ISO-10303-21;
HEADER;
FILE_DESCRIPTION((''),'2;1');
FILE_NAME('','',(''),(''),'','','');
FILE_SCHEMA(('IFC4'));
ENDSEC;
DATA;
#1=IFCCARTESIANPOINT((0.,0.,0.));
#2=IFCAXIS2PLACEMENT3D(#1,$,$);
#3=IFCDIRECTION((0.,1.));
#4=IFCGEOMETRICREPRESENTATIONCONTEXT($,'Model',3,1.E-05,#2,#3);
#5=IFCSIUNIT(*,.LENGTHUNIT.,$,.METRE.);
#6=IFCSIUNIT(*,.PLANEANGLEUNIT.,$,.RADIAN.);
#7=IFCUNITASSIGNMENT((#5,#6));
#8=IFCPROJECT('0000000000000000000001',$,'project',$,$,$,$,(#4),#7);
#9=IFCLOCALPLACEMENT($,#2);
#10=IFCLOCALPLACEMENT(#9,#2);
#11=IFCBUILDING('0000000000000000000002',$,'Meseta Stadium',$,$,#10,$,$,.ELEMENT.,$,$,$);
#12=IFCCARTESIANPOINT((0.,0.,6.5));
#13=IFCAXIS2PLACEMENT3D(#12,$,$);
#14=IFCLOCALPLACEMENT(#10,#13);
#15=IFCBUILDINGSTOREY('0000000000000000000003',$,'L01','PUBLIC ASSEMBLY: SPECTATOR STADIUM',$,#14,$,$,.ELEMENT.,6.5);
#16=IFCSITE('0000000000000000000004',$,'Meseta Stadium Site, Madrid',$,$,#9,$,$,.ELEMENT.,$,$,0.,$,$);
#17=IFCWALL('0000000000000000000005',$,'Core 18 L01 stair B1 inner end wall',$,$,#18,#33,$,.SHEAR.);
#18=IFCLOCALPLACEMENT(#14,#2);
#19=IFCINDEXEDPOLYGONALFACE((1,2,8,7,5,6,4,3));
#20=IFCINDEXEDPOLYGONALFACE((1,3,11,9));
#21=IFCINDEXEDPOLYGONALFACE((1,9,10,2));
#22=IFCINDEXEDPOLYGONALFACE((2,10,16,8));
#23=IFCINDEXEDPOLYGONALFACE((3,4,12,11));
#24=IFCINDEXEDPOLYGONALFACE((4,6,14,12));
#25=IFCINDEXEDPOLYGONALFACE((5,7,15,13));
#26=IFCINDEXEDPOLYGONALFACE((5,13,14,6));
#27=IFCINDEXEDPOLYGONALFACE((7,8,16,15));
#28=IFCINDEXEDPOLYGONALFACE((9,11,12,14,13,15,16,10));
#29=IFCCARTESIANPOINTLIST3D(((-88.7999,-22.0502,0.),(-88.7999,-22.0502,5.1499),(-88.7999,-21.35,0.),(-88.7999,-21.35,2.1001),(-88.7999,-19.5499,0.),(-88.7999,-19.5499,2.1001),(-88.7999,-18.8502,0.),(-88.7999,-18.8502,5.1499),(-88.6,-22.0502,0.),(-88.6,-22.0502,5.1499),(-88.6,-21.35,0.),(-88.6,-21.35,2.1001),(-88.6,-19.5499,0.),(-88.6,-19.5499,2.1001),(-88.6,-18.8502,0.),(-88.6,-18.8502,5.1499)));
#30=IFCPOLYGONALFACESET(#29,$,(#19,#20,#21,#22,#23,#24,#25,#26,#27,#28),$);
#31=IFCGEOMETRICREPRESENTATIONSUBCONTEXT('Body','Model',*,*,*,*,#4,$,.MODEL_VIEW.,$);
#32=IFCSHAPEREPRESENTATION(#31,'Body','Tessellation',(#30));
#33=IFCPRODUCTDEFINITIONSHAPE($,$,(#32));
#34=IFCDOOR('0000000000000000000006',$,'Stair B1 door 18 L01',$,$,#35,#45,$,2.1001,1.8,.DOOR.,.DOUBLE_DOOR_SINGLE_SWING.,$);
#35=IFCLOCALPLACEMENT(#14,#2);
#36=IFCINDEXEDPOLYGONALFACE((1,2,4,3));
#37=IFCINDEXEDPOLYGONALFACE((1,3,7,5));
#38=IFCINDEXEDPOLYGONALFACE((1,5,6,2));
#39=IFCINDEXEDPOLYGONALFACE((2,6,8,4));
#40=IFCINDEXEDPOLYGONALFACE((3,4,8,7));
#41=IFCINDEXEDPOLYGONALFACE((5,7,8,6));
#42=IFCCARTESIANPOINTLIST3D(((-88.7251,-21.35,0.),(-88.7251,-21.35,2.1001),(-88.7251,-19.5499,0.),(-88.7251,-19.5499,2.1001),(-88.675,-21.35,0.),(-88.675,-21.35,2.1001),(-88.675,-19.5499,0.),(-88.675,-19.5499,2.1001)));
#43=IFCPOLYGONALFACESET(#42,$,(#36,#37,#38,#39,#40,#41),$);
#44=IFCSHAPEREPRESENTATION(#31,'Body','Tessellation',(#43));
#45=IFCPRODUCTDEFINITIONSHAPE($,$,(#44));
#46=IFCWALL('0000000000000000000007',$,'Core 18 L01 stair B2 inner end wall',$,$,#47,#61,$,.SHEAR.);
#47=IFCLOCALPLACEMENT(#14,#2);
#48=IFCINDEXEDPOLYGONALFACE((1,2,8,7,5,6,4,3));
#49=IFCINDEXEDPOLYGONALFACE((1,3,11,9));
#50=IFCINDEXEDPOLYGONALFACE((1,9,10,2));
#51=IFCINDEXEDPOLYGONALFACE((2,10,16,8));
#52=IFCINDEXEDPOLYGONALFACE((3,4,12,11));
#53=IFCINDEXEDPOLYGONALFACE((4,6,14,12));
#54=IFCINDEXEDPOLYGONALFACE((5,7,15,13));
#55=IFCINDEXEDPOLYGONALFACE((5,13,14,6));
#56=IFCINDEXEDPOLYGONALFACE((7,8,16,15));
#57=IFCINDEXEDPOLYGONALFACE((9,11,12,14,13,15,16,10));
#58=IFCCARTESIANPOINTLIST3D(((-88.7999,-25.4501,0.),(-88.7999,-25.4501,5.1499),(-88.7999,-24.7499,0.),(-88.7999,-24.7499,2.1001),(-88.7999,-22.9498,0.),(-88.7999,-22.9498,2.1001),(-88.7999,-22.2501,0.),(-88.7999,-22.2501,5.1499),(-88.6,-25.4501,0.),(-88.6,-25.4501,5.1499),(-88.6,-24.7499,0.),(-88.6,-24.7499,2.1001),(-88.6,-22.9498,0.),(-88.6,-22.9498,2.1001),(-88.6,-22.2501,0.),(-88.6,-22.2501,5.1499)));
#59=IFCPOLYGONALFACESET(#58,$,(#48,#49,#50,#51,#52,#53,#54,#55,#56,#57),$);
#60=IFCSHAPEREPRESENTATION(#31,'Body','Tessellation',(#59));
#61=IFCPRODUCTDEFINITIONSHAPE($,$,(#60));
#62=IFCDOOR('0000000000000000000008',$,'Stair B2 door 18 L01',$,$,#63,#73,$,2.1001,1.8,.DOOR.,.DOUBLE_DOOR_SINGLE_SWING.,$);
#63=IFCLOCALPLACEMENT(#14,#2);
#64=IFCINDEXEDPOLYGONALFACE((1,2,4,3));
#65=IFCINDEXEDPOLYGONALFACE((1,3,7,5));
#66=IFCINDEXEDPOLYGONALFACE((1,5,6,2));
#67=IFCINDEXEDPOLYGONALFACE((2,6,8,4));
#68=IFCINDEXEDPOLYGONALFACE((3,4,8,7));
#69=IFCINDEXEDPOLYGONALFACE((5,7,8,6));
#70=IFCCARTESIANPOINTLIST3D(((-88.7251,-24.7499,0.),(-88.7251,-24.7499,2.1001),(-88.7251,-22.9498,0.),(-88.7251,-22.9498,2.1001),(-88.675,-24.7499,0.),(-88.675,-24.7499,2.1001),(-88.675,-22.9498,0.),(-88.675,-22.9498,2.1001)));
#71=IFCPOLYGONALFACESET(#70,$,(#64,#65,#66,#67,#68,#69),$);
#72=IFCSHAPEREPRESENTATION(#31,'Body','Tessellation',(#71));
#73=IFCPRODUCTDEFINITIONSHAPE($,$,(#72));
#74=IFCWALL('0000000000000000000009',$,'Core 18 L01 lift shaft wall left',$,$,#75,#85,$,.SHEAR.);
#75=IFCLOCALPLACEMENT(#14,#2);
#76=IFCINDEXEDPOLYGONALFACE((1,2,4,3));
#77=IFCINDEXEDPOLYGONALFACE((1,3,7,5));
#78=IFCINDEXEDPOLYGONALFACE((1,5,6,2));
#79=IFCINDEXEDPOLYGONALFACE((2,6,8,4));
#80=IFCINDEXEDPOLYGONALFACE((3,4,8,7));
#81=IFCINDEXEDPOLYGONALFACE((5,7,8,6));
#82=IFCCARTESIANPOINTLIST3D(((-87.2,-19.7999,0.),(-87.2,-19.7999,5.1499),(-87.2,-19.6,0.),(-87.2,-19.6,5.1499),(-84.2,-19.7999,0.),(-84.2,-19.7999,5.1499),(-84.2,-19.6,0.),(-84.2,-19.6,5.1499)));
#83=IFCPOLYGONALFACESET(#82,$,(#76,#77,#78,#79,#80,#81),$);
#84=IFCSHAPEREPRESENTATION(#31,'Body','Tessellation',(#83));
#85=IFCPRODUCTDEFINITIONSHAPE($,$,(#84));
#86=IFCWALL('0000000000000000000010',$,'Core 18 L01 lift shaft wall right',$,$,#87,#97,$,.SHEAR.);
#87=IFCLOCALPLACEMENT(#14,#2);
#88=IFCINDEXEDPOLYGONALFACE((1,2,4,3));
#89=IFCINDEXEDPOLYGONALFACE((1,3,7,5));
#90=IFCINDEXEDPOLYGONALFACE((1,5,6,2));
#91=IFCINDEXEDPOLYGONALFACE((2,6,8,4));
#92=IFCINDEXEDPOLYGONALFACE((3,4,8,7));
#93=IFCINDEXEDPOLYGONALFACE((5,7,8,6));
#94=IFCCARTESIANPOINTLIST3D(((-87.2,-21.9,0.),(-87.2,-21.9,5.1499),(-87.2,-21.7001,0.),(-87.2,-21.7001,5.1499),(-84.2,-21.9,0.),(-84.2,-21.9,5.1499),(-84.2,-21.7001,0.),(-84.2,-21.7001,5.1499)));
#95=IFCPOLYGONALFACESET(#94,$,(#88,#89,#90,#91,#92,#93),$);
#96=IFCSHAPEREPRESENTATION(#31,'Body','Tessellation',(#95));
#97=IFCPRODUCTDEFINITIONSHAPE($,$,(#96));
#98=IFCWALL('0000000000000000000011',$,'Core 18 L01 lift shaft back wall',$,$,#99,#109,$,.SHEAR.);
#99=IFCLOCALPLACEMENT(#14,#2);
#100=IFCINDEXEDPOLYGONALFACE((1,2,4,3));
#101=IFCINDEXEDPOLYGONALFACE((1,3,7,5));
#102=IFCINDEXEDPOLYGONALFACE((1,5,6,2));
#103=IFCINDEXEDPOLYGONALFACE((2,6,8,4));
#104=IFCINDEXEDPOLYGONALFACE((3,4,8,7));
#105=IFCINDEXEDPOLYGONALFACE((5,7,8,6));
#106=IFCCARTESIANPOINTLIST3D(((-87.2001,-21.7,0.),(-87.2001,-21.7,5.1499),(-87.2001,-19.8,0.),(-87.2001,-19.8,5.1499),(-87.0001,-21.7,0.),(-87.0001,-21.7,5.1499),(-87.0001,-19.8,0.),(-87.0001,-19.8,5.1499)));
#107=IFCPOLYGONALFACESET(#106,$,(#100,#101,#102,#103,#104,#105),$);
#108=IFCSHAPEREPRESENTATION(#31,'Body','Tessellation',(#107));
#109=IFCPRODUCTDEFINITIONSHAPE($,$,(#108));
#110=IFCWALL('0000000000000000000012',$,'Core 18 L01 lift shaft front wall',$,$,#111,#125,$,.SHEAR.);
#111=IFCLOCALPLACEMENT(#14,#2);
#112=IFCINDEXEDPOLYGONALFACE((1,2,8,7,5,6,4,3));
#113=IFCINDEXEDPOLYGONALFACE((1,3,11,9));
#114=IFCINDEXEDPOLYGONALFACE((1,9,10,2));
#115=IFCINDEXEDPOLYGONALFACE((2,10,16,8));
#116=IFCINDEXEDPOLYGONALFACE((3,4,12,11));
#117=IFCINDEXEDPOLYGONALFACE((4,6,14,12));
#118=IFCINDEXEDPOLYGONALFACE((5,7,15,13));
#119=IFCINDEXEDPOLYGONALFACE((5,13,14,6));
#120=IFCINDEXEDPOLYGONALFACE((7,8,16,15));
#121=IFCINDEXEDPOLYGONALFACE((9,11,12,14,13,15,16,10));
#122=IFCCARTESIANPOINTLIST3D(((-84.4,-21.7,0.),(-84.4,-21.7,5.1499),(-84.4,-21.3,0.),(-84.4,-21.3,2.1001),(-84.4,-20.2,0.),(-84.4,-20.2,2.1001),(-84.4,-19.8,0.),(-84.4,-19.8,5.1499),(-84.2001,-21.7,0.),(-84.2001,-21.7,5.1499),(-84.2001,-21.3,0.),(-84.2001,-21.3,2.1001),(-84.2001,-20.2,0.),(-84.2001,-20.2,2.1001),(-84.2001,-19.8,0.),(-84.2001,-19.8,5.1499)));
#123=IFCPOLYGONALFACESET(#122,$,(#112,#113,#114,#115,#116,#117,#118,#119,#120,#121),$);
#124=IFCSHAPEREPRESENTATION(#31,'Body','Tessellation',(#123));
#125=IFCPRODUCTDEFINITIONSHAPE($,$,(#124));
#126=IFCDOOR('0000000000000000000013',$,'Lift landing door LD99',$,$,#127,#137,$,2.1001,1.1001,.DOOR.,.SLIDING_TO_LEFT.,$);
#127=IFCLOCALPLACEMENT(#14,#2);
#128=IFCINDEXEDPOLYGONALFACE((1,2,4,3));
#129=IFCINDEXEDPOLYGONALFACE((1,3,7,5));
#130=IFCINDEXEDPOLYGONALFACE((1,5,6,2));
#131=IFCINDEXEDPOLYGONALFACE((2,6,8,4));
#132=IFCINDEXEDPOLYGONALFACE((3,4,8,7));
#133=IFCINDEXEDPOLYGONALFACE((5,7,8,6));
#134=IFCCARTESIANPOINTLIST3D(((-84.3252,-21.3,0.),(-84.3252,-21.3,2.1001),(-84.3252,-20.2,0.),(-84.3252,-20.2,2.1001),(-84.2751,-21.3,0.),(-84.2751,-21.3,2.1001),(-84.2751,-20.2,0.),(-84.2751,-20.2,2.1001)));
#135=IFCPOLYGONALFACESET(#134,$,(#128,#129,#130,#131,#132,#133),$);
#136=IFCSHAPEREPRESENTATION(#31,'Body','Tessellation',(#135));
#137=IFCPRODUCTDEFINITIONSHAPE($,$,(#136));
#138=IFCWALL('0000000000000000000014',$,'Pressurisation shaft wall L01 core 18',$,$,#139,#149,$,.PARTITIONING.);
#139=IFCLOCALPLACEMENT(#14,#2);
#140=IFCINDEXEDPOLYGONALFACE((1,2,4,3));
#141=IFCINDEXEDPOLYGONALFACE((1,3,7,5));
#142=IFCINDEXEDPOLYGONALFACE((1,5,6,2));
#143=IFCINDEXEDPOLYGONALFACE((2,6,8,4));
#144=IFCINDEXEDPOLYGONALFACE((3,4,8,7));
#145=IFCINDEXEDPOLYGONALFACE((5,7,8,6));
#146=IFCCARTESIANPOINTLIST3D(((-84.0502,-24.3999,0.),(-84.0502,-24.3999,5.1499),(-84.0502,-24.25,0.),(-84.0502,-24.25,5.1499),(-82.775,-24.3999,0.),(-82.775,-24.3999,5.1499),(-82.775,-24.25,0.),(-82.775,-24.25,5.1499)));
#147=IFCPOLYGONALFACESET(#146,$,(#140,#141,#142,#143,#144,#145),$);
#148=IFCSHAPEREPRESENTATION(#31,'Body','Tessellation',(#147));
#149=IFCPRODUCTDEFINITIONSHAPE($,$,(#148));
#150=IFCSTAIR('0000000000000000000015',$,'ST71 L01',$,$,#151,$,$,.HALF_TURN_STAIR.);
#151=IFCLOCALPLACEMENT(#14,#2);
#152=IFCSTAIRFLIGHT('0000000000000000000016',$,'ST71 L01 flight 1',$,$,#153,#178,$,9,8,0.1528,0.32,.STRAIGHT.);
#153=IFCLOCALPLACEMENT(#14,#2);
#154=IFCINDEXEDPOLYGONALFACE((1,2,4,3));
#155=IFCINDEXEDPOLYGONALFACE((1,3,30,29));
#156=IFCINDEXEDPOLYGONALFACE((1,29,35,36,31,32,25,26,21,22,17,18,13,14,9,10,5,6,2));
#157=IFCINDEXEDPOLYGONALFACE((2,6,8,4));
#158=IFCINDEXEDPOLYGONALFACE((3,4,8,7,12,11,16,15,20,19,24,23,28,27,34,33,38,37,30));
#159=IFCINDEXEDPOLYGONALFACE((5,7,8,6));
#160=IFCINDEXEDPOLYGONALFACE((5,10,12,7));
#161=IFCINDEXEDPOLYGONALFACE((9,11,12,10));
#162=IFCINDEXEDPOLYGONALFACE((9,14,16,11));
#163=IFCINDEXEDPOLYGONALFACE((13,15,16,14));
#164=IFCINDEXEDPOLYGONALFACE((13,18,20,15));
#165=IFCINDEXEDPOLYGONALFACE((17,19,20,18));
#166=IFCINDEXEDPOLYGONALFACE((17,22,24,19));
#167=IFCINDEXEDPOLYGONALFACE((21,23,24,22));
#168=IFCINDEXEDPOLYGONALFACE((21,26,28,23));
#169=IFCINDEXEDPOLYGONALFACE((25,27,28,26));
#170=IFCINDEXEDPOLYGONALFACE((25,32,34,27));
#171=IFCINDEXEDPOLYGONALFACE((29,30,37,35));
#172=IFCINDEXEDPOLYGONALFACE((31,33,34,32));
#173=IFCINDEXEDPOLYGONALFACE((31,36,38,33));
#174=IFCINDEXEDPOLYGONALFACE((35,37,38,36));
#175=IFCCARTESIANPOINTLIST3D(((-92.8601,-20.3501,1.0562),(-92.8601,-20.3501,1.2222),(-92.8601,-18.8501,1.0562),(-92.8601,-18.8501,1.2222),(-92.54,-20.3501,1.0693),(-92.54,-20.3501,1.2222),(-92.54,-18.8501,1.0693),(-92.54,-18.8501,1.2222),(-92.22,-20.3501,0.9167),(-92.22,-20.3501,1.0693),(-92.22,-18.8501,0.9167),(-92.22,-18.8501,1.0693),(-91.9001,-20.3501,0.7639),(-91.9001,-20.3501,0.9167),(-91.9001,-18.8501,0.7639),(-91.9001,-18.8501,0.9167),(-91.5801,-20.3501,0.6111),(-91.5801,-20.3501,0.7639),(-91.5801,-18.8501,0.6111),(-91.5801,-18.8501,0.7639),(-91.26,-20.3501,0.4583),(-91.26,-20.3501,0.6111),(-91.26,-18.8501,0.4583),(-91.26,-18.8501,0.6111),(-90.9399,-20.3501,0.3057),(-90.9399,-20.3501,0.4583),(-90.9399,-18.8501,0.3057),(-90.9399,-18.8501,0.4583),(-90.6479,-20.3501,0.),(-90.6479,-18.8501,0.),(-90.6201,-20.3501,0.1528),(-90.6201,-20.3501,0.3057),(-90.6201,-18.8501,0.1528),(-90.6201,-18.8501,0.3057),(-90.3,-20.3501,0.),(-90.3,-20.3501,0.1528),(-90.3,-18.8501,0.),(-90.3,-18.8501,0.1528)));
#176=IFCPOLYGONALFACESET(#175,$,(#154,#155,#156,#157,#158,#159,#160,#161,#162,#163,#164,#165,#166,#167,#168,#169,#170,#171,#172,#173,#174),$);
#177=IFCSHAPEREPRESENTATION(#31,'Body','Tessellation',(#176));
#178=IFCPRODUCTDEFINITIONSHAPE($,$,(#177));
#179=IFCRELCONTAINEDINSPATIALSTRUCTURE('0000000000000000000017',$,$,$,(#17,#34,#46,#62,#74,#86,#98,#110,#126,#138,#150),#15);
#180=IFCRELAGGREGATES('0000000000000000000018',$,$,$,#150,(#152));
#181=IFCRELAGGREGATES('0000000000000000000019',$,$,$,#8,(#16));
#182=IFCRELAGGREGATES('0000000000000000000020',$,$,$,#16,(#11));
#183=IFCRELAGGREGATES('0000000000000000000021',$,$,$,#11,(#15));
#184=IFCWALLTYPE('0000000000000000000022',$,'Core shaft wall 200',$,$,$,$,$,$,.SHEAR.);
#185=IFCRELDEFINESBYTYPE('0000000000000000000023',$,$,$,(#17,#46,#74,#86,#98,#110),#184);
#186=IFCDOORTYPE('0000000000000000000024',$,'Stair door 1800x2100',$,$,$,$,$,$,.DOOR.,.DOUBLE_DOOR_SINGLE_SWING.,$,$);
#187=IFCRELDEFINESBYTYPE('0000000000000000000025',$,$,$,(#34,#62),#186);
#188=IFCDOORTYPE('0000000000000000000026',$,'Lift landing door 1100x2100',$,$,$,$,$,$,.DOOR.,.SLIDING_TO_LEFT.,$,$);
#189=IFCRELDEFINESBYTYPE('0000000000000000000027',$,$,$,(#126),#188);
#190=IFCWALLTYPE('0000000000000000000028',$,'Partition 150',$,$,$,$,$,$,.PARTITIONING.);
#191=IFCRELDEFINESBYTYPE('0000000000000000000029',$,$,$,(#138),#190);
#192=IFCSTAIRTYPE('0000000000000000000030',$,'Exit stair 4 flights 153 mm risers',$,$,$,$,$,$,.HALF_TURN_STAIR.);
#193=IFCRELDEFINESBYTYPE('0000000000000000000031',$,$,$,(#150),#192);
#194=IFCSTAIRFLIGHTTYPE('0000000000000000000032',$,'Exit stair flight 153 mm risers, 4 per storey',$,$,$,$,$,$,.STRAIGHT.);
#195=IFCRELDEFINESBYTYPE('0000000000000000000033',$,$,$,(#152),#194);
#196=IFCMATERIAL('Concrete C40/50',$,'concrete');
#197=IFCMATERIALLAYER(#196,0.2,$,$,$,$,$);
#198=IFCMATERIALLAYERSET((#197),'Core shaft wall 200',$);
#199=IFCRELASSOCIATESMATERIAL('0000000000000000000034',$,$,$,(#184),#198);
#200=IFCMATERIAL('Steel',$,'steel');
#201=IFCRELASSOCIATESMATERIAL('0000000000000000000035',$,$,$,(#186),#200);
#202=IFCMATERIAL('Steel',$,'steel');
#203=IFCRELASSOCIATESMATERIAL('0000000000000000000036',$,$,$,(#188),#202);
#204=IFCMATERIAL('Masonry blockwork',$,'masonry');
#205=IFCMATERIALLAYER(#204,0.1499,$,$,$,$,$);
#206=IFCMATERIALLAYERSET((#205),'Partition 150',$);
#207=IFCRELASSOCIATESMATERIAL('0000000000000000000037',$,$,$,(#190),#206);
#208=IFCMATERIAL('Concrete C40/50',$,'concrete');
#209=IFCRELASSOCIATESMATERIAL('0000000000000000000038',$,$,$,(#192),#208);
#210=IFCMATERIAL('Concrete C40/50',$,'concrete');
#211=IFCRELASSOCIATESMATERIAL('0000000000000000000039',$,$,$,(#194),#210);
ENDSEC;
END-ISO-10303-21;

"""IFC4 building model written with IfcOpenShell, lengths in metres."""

from ifc_helpers import new_model, si_unit, direction, frame, frame_2d, origin, place, context, subcontext, project, spatial, polyline, rectangle, outline, extrude, material, layer, layer_set, type_object, element, fill, aggregate, save


model = new_model("IFC4")

# Units and contexts
model_context = context("Model", 3, precision=1e-05, world=origin(), true_north=direction((0.0, 1.0)))
body_context = subcontext(model_context, "Body", "Model", "MODEL_VIEW")
ifc_project = project(units=[si_unit("LENGTHUNIT", "METRE"), si_unit("PLANEANGLEUNIT", "RADIAN")], contexts=[model_context])

# Site, building, storey
site_placement = place(None, origin())
site = spatial("IfcSite", under=ifc_project, at=site_placement, Name="Meseta Stadium Site, Madrid", CompositionType="ELEMENT", RefElevation=0.0)
building_placement = place(site_placement, origin())
building = spatial("IfcBuilding", under=site, at=building_placement, Name="Meseta Stadium", CompositionType="ELEMENT")
storey_placement = place(building_placement, frame((0.0, 0.0, 6.5)))
storey = spatial("IfcBuildingStorey", under=building, at=storey_placement, Name="L01", Description="PUBLIC ASSEMBLY: SPECTATOR STADIUM", CompositionType="ELEMENT", Elevation=6.5)

# Walls, openings, doors
ifc_material_1 = material(Name="Concrete C40/50", Category="concrete")
ifc_layer_1 = layer(ifc_material_1, 0.2)
ifc_layer_set_1 = layer_set([ifc_layer_1], Name="Core shaft wall 200")
wall_type_1 = type_object("IfcWallType", Name="Core shaft wall 200", PredefinedType="SHEAR", material=ifc_layer_set_1)
wall_1_placement = place(storey_placement, frame((-88.7, -18.8501, 0.0), z_axis=(0.0, 0.0, 1.0), x_axis=(0.0, -1.0, 0.0)))
wall_1 = element("IfcWall", 1, at=wall_1_placement, inside=storey, type_object=wall_type_1, Name="Core 18 L01 stair B1 inner end wall", PredefinedType="SHEAR", context=body_context, shape_type="SweptSolid", body=[
    extrude(rectangle(XDim=3.2, YDim=0.2, at=frame_2d((1.6001, 0.0))), origin(), (0.0, 0.0, 1.0), 5.1499),
])
opening_1_placement = place(wall_1_placement, frame((0.7, 0.0, 0.0)))
opening_1 = element("IfcOpeningElement", 2, at=opening_1_placement, cuts=wall_1, PredefinedType="OPENING", context=body_context, shape_type="SweptSolid", body=[
    extrude(rectangle(XDim=1.8, YDim=2.1001, at=frame_2d((0.8999, 1.05))), frame((0.0, 0.1099, 0.0), z_axis=(0.0, -1.0, 0.0), x_axis=(1.0, 0.0, 0.0)), (0.0, 0.0, 1.0), 0.22),
])
ifc_material_2 = material(Name="Steel", Category="steel")
door_type_1 = type_object("IfcDoorType", Name="Stair door 1800x2100", OperationType="DOUBLE_DOOR_SINGLE_SWING", PredefinedType="DOOR", material=ifc_material_2)
door_1_placement = place(opening_1_placement, origin())
door_1 = element("IfcDoor", 3, at=door_1_placement, inside=storey, type_object=door_type_1, Name="Stair B1 door 18 L01", OperationType="DOUBLE_DOOR_SINGLE_SWING", OverallHeight=2.1001, OverallWidth=1.8, PredefinedType="DOOR", context=body_context, shape_type="SweptSolid", body=[
    extrude(rectangle(XDim=1.8, YDim=2.1001, at=frame_2d((0.8999, 1.05))), frame((0.0, 0.0249, 0.0), z_axis=(0.0, -1.0, 0.0), x_axis=(1.0, 0.0, 0.0)), (0.0, 0.0, 1.0), 0.05),
])
fill(opening_1, door_1)
wall_2_placement = place(storey_placement, frame((-88.7, -22.25, 0.0), z_axis=(0.0, 0.0, 1.0), x_axis=(0.0, -1.0, 0.0)))
wall_2 = element("IfcWall", 4, at=wall_2_placement, inside=storey, type_object=wall_type_1, Name="Core 18 L01 stair B2 inner end wall", PredefinedType="SHEAR", context=body_context, shape_type="SweptSolid", body=[
    extrude(rectangle(XDim=3.2, YDim=0.2, at=frame_2d((1.6001, 0.0))), origin(), (0.0, 0.0, 1.0), 5.1499),
])
opening_2_placement = place(wall_2_placement, frame((0.7, 0.0, 0.0)))
opening_2 = element("IfcOpeningElement", 5, at=opening_2_placement, cuts=wall_2, PredefinedType="OPENING", context=body_context, shape_type="SweptSolid", body=[
    extrude(rectangle(XDim=1.8, YDim=2.1001, at=frame_2d((0.8999, 1.05))), frame((0.0, 0.1099, 0.0), z_axis=(0.0, -1.0, 0.0), x_axis=(1.0, 0.0, 0.0)), (0.0, 0.0, 1.0), 0.22),
])
door_2_placement = place(opening_2_placement, origin())
door_2 = element("IfcDoor", 6, at=door_2_placement, inside=storey, type_object=door_type_1, Name="Stair B2 door 18 L01", OperationType="DOUBLE_DOOR_SINGLE_SWING", OverallHeight=2.1001, OverallWidth=1.8, PredefinedType="DOOR", context=body_context, shape_type="SweptSolid", body=[
    extrude(rectangle(XDim=1.8, YDim=2.1001, at=frame_2d((0.8999, 1.05))), frame((0.0, 0.0249, 0.0), z_axis=(0.0, -1.0, 0.0), x_axis=(1.0, 0.0, 0.0)), (0.0, 0.0, 1.0), 0.05),
])
fill(opening_2, door_2)

# Walls
for number, where, z_axis, x_axis, name in (
    (7, (-87.2, -19.7, 0.0), (0.0, 0.0, 1.0), (1.0, 0.0, 0.0), "Core 18 L01 lift shaft wall left"),
    (8, (-87.2, -21.8, 0.0), (0.0, 0.0, 1.0), (1.0, 0.0, 0.0), "Core 18 L01 lift shaft wall right"),
):
    element("IfcWall", number, at=place(storey_placement, frame(where, z_axis=z_axis, x_axis=x_axis)), inside=storey, type_object=wall_type_1, Name=name, PredefinedType="SHEAR", context=body_context, shape_type="SweptSolid", body=[
        extrude(rectangle(XDim=3.0, YDim=0.2, at=frame_2d((1.5, 0.0))), origin(), (0.0, 0.0, 1.0), 5.1499),
    ])
wall_3_placement = place(storey_placement, frame((-87.1001, -19.8, 0.0), z_axis=(0.0, 0.0, 1.0), x_axis=(0.0, -1.0, 0.0)))
element("IfcWall", 9, at=wall_3_placement, inside=storey, type_object=wall_type_1, Name="Core 18 L01 lift shaft back wall", PredefinedType="SHEAR", context=body_context, shape_type="SweptSolid", body=[
    extrude(rectangle(XDim=1.8999, YDim=0.2, at=frame_2d((0.95, 0.0))), origin(), (0.0, 0.0, 1.0), 5.1499),
])

# Wall, opening, door
wall_4_placement = place(storey_placement, frame((-84.3, -19.8, 0.0), z_axis=(0.0, 0.0, 1.0), x_axis=(0.0, -1.0, 0.0)))
wall_4 = element("IfcWall", 10, at=wall_4_placement, inside=storey, type_object=wall_type_1, Name="Core 18 L01 lift shaft front wall", PredefinedType="SHEAR", context=body_context, shape_type="SweptSolid", body=[
    extrude(rectangle(XDim=1.8999, YDim=0.2, at=frame_2d((0.95, 0.0))), origin(), (0.0, 0.0, 1.0), 5.1499),
])
opening_3_placement = place(wall_4_placement, frame((0.3999, 0.0, 0.0)))
opening_3 = element("IfcOpeningElement", 11, at=opening_3_placement, cuts=wall_4, PredefinedType="OPENING", context=body_context, shape_type="SweptSolid", body=[
    extrude(rectangle(XDim=1.1001, YDim=2.1001, at=frame_2d((0.55, 1.05))), frame((0.0, 0.1099, 0.0), z_axis=(0.0, -1.0, 0.0), x_axis=(1.0, 0.0, 0.0)), (0.0, 0.0, 1.0), 0.22),
])
ifc_material_3 = material(Name="Steel", Category="steel")
door_type_2 = type_object("IfcDoorType", Name="Lift landing door 1100x2100", OperationType="SLIDING_TO_LEFT", PredefinedType="DOOR", material=ifc_material_3)
door_3_placement = place(opening_3_placement, origin())
door_3 = element("IfcDoor", 12, at=door_3_placement, inside=storey, type_object=door_type_2, Name="Lift landing door LD99", OperationType="SLIDING_TO_LEFT", OverallHeight=2.1001, OverallWidth=1.1001, PredefinedType="DOOR", context=body_context, shape_type="SweptSolid", body=[
    extrude(rectangle(XDim=1.1001, YDim=2.1001, at=frame_2d((0.55, 1.05))), frame((0.0, 0.0249, 0.0), z_axis=(0.0, -1.0, 0.0), x_axis=(1.0, 0.0, 0.0)), (0.0, 0.0, 1.0), 0.05),
])
fill(opening_3, door_3)

# Wall
ifc_material_4 = material(Name="Masonry blockwork", Category="masonry")
ifc_layer_2 = layer(ifc_material_4, 0.1499)
ifc_layer_set_2 = layer_set([ifc_layer_2], Name="Partition 150")
wall_type_2 = type_object("IfcWallType", Name="Partition 150", PredefinedType="PARTITIONING", material=ifc_layer_set_2)
wall_5_placement = place(storey_placement, frame((-82.7749, -24.325, 0.0), z_axis=(0.0, 0.0, 1.0), x_axis=(-1.0, 0.0, 0.0)))
element("IfcWall", 13, at=wall_5_placement, inside=storey, type_object=wall_type_2, Name="Pressurisation shaft wall L01 core 18", PredefinedType="PARTITIONING", context=body_context, shape_type="SweptSolid", body=[
    extrude(rectangle(XDim=1.2751, YDim=0.1499, at=frame_2d((0.6377, 0.0))), origin(), (0.0, 0.0, 1.0), 5.1499),
])

# Stair, stair flight
ifc_material_5 = material(Name="Concrete C40/50", Category="concrete")
stair_type = type_object("IfcStairType", Name="Exit stair 4 flights 153 mm risers", PredefinedType="HALF_TURN_STAIR", material=ifc_material_5)
stair_placement = place(storey_placement, origin())
stair = element("IfcStair", 14, at=stair_placement, inside=storey, type_object=stair_type, Name="ST71 L01", PredefinedType="HALF_TURN_STAIR")
ifc_material_6 = material(Name="Concrete C40/50", Category="concrete")
stair_flight_type = type_object("IfcStairFlightType", Name="Exit stair flight 153 mm risers, 4 per storey", PredefinedType="STRAIGHT", material=ifc_material_6)
stair_flight_1_placement = place(storey_placement, frame((-90.3, -19.6001, 0.0), z_axis=(0.0, 0.0, 1.0), x_axis=(-1.0, 0.0, 0.0)))
stair_flight_1 = element("IfcStairFlight", 15, at=stair_flight_1_placement, type_object=stair_flight_type, Name="ST71 L01 flight 1", NumberOfRisers=9, NumberOfTreads=8, PredefinedType="STRAIGHT", RiserHeight=0.1528, TreadLength=0.32, context=body_context, shape_type="SweptSolid", body=[
    extrude(outline(polyline([(0.0, 0.0), (0.0, 0.1528), (0.3201, 0.1528), (0.3201, 0.3057), (0.6399, 0.3057), (0.6399, 0.4583), (0.96, 0.4583), (0.96, 0.6111), (1.28, 0.6111), (1.28, 0.7639), (1.6001, 0.7639), (1.6001, 0.9167), (1.9199, 0.9167), (1.9199, 1.0693), (2.24, 1.0693), (2.24, 1.2222), (2.5601, 1.2222), (2.5601, 1.0562), (0.3479, 0.0), (0.0, 0.0)])), frame((0.0, 0.75, 0.0), z_axis=(0.0, -1.0, 0.0), x_axis=(1.0, 0.0, 0.0)), (0.0, 0.0, 1.0), 1.5),
])
aggregate(stair, [stair_flight_1])

save(model, "model.ifc")
